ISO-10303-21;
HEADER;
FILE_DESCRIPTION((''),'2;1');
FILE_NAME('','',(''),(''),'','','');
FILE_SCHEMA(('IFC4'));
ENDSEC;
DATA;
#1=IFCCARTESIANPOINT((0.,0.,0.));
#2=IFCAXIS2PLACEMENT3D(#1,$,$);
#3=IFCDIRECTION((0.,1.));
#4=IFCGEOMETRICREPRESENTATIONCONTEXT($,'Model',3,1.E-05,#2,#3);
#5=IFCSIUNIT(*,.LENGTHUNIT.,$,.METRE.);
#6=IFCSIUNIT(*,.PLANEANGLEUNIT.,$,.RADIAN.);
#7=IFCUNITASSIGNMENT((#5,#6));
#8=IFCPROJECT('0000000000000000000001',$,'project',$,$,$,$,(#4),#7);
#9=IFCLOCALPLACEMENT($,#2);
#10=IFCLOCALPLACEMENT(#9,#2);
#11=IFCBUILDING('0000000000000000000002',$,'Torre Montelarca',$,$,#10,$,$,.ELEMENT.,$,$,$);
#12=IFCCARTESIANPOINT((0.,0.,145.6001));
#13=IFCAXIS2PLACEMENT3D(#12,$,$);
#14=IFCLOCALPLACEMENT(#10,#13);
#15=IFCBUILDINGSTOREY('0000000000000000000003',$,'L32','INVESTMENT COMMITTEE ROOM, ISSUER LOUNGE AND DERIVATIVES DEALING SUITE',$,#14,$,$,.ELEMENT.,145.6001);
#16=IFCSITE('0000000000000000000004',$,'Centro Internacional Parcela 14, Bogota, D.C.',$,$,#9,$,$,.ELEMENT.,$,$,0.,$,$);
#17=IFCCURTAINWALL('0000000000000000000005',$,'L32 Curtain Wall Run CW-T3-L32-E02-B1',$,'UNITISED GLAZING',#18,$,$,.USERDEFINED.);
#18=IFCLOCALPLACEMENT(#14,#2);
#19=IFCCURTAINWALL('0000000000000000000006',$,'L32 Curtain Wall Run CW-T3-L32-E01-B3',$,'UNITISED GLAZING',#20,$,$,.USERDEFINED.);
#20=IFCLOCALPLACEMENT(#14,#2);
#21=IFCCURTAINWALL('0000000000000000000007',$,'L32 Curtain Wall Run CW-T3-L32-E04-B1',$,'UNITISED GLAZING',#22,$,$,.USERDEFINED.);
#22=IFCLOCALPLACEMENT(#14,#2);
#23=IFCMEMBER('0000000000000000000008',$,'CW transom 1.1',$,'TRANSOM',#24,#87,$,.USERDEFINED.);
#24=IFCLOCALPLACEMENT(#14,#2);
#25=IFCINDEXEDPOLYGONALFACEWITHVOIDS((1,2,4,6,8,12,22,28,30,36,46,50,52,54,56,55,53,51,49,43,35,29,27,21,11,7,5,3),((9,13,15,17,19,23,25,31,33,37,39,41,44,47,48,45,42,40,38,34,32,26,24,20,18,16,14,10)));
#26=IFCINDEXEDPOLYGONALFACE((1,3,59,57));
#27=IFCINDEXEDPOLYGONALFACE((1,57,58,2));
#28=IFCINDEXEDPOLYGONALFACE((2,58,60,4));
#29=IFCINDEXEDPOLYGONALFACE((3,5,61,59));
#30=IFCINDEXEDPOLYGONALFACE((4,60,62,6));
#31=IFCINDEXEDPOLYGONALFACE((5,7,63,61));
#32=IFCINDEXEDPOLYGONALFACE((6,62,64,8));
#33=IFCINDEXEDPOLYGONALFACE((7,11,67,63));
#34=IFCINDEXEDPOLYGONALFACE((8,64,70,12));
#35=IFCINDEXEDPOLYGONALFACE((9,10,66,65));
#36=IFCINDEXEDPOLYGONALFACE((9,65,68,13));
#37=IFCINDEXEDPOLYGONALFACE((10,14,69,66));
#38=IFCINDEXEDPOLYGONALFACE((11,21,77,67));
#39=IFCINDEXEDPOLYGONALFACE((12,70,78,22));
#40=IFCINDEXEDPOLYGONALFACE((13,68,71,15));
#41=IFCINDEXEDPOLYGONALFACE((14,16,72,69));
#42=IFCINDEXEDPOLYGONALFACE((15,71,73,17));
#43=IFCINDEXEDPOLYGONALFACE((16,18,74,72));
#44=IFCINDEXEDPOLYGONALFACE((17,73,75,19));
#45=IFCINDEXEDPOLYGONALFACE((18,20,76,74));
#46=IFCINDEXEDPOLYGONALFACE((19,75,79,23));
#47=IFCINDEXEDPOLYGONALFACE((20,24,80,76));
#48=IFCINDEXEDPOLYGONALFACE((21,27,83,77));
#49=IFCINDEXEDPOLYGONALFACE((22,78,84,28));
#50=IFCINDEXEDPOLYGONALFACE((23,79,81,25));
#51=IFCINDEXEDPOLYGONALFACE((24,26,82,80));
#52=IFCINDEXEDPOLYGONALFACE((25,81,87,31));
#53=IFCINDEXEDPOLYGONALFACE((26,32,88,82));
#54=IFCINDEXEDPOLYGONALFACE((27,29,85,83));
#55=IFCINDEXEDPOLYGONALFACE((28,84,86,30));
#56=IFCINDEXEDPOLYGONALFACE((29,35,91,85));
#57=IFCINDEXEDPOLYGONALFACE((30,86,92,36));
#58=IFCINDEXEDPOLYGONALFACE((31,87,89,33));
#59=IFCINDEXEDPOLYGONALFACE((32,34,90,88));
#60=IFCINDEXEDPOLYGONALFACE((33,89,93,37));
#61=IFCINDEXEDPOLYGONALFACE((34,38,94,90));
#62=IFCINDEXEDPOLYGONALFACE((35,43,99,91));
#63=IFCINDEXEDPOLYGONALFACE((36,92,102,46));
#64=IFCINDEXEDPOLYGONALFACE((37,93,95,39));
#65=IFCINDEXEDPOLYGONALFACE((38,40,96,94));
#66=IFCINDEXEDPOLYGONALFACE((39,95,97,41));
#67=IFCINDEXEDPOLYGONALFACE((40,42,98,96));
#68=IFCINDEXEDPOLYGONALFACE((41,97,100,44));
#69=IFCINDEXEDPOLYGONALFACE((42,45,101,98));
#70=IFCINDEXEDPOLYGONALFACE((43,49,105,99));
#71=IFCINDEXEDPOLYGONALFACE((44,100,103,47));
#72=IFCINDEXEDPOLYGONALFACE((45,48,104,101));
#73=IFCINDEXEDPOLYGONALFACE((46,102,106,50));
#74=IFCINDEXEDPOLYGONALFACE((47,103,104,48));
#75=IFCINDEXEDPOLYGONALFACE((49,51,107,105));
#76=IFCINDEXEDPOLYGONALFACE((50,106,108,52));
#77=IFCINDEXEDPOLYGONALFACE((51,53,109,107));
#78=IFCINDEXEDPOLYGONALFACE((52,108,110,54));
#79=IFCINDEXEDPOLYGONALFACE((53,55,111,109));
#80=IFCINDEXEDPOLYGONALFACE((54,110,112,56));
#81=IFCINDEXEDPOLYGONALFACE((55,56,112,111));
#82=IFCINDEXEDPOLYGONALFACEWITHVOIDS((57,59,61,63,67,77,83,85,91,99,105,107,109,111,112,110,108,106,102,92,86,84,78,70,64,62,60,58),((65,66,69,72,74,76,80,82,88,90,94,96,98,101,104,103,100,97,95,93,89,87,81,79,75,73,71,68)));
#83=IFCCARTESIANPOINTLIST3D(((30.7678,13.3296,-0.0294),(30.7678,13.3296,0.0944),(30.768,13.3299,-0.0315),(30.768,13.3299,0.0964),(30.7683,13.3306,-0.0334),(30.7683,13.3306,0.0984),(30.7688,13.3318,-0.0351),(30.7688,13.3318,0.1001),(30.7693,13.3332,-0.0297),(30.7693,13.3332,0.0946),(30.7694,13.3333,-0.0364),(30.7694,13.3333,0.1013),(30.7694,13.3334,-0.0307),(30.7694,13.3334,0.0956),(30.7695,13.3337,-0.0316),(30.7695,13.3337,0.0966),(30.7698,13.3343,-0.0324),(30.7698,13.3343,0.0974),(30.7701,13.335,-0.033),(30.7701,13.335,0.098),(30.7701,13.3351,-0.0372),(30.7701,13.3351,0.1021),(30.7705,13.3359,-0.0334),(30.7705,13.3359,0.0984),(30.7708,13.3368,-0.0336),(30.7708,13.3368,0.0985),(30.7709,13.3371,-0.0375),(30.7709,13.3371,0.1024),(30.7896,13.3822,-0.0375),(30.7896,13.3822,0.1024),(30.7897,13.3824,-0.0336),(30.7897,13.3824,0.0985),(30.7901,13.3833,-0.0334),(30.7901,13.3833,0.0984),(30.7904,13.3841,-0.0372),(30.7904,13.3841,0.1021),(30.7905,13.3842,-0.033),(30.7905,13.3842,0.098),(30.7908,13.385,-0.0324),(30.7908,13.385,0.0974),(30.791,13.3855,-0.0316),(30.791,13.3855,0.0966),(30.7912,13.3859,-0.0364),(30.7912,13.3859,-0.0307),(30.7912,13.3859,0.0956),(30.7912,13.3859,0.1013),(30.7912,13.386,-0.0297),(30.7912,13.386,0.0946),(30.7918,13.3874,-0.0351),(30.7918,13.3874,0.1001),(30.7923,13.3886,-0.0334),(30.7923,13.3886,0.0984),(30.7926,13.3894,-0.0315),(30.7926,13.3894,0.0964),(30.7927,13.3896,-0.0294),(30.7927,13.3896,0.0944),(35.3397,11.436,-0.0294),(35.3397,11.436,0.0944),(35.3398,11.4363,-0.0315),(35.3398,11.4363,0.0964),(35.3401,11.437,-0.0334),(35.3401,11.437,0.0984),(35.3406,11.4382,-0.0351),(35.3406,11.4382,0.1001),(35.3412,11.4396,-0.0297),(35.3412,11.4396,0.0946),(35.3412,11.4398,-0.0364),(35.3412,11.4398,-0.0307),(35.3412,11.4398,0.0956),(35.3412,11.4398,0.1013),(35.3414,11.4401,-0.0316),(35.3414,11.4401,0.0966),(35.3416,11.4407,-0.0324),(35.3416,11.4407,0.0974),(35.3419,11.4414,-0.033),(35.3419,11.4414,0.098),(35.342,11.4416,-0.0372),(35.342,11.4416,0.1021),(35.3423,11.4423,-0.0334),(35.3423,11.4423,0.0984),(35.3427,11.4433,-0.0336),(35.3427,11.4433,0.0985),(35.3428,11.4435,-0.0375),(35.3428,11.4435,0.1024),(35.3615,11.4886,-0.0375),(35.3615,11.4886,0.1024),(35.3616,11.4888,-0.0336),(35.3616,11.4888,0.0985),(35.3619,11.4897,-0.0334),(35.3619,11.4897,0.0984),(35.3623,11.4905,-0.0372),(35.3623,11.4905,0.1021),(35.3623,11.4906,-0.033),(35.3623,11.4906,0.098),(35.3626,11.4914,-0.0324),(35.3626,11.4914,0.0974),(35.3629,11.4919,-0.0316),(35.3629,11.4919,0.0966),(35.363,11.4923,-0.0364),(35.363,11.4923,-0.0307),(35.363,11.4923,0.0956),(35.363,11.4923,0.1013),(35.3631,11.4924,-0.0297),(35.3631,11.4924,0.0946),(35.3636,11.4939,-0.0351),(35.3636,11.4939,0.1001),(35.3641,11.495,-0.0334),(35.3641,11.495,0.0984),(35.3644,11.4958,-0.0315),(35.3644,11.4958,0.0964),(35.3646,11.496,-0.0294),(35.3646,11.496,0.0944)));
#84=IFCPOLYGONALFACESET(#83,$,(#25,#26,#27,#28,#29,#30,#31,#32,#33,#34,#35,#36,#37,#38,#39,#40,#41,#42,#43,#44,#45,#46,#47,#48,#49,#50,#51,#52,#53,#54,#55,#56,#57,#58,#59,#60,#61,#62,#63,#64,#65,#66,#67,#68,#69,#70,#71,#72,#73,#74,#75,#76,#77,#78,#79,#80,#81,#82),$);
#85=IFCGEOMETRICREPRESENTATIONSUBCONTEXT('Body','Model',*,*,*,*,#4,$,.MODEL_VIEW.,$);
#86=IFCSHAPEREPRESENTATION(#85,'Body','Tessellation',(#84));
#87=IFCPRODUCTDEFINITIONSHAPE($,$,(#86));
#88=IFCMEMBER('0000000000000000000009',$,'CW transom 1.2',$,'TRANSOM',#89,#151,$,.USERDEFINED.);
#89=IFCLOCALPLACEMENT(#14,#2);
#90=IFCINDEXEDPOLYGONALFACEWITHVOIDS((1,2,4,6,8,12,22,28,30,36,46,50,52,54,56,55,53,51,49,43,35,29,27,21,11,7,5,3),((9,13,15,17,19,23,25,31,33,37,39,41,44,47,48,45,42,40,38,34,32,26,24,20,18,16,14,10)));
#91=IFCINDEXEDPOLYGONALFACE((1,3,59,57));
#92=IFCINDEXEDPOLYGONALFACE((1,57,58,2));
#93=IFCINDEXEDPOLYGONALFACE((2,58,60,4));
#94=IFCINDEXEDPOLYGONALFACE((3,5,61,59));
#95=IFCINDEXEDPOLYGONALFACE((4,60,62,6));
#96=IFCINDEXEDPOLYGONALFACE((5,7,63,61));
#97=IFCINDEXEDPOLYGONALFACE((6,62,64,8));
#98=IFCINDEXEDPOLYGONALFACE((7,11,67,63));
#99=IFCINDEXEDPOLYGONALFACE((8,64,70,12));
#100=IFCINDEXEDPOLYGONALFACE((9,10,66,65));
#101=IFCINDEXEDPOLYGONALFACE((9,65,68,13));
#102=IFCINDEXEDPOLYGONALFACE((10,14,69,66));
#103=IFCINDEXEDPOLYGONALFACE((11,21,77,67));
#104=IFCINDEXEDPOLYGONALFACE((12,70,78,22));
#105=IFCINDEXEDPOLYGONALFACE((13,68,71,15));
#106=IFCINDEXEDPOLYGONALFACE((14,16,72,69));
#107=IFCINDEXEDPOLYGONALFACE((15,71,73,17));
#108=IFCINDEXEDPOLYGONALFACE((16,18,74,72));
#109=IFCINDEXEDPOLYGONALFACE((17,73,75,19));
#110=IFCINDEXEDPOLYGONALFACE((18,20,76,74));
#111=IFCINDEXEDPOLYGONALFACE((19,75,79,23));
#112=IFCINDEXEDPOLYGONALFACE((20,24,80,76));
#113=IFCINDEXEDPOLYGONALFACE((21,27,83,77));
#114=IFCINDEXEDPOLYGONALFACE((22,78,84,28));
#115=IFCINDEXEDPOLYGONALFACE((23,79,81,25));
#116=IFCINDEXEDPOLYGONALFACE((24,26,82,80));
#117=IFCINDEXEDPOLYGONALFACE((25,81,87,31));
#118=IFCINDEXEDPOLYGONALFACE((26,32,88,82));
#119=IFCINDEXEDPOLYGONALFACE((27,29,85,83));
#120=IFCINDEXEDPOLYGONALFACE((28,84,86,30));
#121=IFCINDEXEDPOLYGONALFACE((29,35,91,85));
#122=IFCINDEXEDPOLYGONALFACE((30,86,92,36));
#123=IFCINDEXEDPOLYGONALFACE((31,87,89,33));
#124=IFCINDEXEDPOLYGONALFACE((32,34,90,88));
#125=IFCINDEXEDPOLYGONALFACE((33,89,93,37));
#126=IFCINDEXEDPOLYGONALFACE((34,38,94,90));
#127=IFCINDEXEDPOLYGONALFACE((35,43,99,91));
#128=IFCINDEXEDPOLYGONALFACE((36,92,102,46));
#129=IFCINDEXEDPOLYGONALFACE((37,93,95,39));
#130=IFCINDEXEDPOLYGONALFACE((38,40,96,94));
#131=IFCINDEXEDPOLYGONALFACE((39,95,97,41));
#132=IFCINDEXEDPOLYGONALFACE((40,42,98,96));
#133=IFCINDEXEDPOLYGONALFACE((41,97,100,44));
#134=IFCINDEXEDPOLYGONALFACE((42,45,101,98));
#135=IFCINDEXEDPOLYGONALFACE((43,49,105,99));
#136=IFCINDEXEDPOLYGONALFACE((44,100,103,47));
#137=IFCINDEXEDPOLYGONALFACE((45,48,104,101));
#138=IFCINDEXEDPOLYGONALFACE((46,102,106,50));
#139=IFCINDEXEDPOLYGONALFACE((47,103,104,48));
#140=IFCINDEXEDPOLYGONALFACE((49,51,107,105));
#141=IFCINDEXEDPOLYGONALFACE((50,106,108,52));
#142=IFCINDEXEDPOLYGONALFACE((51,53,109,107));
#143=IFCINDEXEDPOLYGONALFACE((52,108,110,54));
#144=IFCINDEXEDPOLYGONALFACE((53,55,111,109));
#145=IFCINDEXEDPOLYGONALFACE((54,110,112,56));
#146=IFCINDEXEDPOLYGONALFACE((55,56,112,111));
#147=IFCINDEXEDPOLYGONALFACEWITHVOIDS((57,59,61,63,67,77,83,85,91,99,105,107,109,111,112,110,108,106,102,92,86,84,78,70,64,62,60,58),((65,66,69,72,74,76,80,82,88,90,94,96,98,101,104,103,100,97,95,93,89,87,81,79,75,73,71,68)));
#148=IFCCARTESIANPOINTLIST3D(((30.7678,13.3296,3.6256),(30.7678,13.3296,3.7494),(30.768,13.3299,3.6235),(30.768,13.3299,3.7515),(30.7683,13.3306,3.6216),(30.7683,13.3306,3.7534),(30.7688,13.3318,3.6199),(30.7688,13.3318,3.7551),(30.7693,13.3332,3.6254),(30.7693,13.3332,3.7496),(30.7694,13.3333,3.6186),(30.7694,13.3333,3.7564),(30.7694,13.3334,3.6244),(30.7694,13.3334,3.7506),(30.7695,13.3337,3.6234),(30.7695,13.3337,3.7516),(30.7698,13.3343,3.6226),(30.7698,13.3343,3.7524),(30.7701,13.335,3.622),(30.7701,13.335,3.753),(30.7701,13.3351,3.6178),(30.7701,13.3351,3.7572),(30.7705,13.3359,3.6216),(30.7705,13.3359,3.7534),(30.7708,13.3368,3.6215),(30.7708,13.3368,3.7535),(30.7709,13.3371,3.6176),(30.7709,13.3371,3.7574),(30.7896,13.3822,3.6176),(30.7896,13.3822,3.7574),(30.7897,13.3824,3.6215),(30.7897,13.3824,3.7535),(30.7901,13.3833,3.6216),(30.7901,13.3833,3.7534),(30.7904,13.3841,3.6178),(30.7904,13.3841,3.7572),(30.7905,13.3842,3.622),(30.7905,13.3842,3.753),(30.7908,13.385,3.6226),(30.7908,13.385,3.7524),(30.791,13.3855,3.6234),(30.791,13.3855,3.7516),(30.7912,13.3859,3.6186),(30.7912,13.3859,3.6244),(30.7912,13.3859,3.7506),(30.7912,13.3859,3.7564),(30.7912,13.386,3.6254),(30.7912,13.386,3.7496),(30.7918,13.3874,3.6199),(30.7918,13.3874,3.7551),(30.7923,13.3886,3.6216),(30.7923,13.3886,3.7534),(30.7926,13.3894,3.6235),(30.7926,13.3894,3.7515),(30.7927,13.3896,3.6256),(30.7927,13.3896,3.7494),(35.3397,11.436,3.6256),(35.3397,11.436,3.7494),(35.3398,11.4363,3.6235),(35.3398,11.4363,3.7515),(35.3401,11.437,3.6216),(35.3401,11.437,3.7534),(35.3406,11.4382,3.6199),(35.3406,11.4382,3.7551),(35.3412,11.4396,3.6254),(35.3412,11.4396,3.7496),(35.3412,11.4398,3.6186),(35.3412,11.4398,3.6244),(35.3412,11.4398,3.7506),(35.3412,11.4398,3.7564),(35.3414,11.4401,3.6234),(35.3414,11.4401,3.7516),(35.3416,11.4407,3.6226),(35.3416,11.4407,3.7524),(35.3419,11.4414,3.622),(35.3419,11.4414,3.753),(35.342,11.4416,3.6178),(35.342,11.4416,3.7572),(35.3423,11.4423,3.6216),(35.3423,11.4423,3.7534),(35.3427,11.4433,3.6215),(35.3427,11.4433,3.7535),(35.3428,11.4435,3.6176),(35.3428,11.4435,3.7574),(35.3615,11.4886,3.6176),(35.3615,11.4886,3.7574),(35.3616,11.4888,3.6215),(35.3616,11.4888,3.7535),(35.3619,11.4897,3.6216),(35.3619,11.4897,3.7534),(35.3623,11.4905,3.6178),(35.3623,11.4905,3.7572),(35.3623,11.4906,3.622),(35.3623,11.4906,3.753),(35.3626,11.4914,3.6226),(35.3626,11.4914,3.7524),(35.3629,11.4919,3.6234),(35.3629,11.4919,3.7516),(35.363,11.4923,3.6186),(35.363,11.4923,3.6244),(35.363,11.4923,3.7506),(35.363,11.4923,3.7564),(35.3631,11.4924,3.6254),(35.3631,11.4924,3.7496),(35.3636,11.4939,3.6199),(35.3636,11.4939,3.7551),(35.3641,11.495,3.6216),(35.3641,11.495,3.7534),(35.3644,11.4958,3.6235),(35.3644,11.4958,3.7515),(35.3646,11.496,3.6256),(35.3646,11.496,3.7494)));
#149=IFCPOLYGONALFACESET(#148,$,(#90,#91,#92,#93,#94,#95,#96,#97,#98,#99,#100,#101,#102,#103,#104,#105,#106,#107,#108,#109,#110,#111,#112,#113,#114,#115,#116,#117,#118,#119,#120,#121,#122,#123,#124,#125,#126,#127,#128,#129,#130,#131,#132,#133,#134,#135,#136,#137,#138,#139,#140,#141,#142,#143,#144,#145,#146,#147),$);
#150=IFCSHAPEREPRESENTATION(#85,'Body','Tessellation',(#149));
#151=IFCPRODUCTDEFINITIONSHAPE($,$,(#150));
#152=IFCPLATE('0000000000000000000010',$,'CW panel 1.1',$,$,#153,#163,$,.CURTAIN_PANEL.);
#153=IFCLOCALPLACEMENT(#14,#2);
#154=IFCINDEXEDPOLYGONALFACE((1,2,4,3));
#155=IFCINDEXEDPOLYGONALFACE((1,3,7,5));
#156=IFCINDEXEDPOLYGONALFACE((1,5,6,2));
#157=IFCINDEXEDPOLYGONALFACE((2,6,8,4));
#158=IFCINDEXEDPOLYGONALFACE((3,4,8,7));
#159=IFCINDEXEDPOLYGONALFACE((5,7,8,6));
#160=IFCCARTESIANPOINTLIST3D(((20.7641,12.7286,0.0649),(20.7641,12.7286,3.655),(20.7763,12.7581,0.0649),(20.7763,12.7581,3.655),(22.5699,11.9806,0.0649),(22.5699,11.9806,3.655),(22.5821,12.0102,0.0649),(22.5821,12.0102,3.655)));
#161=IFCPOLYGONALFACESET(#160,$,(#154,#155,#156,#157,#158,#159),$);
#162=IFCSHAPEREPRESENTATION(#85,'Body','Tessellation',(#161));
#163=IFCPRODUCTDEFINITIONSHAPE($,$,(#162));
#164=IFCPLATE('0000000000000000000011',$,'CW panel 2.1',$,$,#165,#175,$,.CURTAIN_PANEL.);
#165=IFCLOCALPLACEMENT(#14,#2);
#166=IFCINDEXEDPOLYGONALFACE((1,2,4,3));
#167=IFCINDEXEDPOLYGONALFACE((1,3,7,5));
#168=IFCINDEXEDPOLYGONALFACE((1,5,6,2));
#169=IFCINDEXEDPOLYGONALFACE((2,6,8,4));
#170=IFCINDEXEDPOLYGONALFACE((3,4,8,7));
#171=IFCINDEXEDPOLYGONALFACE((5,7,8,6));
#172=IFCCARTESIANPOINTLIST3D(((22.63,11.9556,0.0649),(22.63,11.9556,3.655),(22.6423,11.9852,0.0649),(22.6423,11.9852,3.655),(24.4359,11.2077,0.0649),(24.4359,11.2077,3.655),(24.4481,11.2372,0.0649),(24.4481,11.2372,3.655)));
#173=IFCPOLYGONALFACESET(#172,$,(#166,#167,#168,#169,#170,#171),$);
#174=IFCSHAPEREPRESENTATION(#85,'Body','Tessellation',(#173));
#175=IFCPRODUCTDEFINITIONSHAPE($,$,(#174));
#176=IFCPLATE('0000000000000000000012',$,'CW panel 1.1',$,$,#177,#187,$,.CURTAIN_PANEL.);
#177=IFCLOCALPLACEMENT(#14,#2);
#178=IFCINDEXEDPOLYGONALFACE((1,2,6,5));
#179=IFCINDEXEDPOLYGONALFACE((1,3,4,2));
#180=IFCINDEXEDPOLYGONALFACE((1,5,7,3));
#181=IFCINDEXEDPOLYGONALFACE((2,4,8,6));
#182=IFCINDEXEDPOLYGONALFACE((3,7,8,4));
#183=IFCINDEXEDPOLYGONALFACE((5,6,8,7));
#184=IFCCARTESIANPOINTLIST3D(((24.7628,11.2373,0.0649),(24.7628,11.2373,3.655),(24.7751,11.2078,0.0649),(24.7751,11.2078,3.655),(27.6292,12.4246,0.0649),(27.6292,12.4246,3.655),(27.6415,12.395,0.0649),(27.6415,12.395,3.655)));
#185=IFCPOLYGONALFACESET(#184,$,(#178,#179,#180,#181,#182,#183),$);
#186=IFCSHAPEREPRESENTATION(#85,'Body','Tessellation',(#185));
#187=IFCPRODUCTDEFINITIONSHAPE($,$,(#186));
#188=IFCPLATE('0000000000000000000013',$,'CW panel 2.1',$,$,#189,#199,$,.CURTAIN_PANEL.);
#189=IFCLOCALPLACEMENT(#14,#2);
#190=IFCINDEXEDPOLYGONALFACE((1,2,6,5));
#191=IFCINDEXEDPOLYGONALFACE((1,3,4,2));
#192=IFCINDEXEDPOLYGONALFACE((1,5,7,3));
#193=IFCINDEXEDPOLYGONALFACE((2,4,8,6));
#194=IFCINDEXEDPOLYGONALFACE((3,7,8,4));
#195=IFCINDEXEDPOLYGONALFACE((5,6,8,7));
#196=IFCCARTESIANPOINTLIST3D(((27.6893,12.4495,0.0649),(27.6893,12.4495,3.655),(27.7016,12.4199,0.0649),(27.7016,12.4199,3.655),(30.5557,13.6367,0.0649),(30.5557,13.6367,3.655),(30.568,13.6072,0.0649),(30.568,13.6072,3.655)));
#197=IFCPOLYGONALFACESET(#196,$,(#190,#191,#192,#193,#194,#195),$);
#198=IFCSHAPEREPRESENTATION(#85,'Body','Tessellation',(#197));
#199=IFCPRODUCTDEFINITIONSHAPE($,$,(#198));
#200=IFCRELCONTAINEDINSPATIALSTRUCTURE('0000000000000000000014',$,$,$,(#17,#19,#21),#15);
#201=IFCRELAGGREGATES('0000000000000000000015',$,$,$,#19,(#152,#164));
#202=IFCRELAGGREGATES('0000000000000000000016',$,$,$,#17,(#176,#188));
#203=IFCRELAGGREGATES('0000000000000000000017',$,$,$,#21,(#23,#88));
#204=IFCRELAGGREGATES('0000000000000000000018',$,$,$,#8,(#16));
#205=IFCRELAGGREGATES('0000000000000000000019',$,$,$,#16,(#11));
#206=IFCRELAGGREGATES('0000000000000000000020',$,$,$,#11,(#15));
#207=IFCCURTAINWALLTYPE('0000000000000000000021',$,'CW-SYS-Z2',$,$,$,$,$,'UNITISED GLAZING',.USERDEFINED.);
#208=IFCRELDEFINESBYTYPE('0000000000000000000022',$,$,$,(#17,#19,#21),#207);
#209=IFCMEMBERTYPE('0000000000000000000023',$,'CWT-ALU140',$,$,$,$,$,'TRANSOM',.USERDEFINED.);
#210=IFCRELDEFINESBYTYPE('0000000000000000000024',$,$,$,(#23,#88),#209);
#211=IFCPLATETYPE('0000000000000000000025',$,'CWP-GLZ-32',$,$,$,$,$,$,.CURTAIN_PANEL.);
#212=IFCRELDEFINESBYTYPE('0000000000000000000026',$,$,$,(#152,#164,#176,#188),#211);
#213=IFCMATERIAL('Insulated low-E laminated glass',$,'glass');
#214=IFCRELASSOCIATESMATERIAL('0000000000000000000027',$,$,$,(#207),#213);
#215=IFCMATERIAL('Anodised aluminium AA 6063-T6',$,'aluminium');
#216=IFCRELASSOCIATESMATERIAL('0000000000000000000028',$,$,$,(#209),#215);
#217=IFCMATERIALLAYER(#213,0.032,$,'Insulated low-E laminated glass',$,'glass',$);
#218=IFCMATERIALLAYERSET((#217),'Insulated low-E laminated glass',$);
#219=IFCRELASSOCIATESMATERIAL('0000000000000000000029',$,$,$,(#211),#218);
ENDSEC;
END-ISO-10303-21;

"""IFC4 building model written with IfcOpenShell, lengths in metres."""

from ifc_helpers import new_model, si_unit, direction, frame, origin, origin_2d, place, context, subcontext, project, spatial, rectangle, hollow_rectangle, extrude, source, transform, mapped, material, layer, layer_set, material_profile, profile_set, type_object, element, aggregate, save


model = new_model("IFC4")

# Units and contexts
model_context = context("Model", 3, precision=1e-05, world=origin(), true_north=direction((0.0, 1.0)))
body_context = subcontext(model_context, "Body", "Model", "MODEL_VIEW")
ifc_project = project(units=[si_unit("LENGTHUNIT", "METRE"), si_unit("PLANEANGLEUNIT", "RADIAN")], contexts=[model_context])

# Site, building, storey
site_placement = place(None, origin())
site = spatial("IfcSite", under=ifc_project, at=site_placement, Name="Centro Internacional Parcela 14, Bogota, D.C.", CompositionType="ELEMENT", RefElevation=0.0)
building_placement = place(site_placement, origin())
building = spatial("IfcBuilding", under=site, at=building_placement, Name="Torre Montelarca", CompositionType="ELEMENT")
storey_placement = place(building_placement, frame((0.0, 0.0, 145.6001)))
storey = spatial("IfcBuildingStorey", under=building, at=storey_placement, Name="L32", Description="INVESTMENT COMMITTEE ROOM, ISSUER LOUNGE AND DERIVATIVES DEALING SUITE", CompositionType="ELEMENT", Elevation=145.6001)

# Curtain walls
ifc_material_1 = material(Name="Insulated low-E laminated glass", Category="glass")
curtain_wall_type = type_object("IfcCurtainWallType", Name="CW-SYS-Z2", ElementType="UNITISED GLAZING", PredefinedType="USERDEFINED", material=ifc_material_1)
curtain_wall_1_placement = place(storey_placement, origin())
curtain_wall_1 = element("IfcCurtainWall", 1, at=curtain_wall_1_placement, inside=storey, type_object=curtain_wall_type, Name="L32 Curtain Wall Run CW-T3-L32-E02-B1", ObjectType="UNITISED GLAZING", PredefinedType="USERDEFINED")
ifc_material_2 = material(Name="Anodised aluminium AA 6063-T6", Category="aluminium")
ifc_material_profile_1 = material_profile(ifc_material_2, hollow_rectangle(XDim=0.0649, YDim=0.1399, WallThickness=0.0039, InnerFilletRadius=0.0039, OuterFilletRadius=0.0081, at=origin_2d()), Name="ALU65X140X4", Category="aluminium")
ifc_profile_set_1 = profile_set([ifc_material_profile_1], Name="Anodised aluminium AA 6063-T6")
member_type_1 = type_object("IfcMemberType", Name="CWT-ALU140", ElementType="TRANSOM", PredefinedType="USERDEFINED", material=ifc_profile_set_1)
curtain_wall_2_placement = place(storey_placement, origin())
curtain_wall_2 = element("IfcCurtainWall", 2, at=curtain_wall_2_placement, inside=storey, type_object=curtain_wall_type, Name="L32 Curtain Wall Run CW-T3-L32-E01-B3", ObjectType="UNITISED GLAZING", PredefinedType="USERDEFINED")

# Curtain wall
curtain_wall_3_placement = place(storey_placement, origin())
curtain_wall_3 = element("IfcCurtainWall", 3, at=curtain_wall_3_placement, inside=storey, type_object=curtain_wall_type, Name="L32 Curtain Wall Run CW-T3-L32-E04-B1", ObjectType="UNITISED GLAZING", PredefinedType="USERDEFINED")

# Members
shared_shape_1 = source(origin(), body_context, "Body", "SweptSolid", [
    extrude(hollow_rectangle(XDim=0.0649, YDim=0.1399, WallThickness=0.0039, InnerFilletRadius=0.0039, OuterFilletRadius=0.0081, at=origin_2d()), origin(), (0.0, 0.0, 1.0), 4.9485),
])
member_1_placement = place(storey_placement, frame((30.7803, 13.3596, 0.0325), z_axis=(0.923889, -0.38266, 0.0), x_axis=(0.38266, 0.923889, 0.0)))
member_1 = element("IfcMember", 4, at=member_1_placement, type_object=member_type_1, Name="CW transom 1.1", ObjectType="TRANSOM", PredefinedType="USERDEFINED", context=body_context, shape_type="MappedRepresentation", body=[
    mapped(shared_shape_1, transform((0.0, 0.0, 0.0), scale=1.0)),
])
member_2_placement = place(storey_placement, frame((30.7803, 13.3596, 3.6875), z_axis=(0.923889, -0.38266, 0.0), x_axis=(0.38266, 0.923889, 0.0)))
member_2 = element("IfcMember", 5, at=member_2_placement, type_object=member_type_1, Name="CW transom 1.2", ObjectType="TRANSOM", PredefinedType="USERDEFINED", context=body_context, shape_type="MappedRepresentation", body=[
    mapped(shared_shape_1, transform((0.0, 0.0, 0.0), scale=1.0)),
])

# Plates
ifc_layer_1 = layer(ifc_material_1, 0.032, Name="Insulated low-E laminated glass", Category="glass")
ifc_layer_set_1 = layer_set([ifc_layer_1], Name="Insulated low-E laminated glass")
plate_type = type_object("IfcPlateType", Name="CWP-GLZ-32", PredefinedType="CURTAIN_PANEL", material=ifc_layer_set_1)
shared_shape_2 = source(origin(), body_context, "Body", "SweptSolid", [
    extrude(rectangle(XDim=1.9546, YDim=0.032, at=origin_2d()), origin(), (0.0, 0.0, 1.0), 3.5901),
])
plate_1_placement = place(storey_placement, frame((21.6731, 12.3694, 0.0649), z_axis=(0.0, 0.0, 1.0), x_axis=(0.923886, -0.382668, 0.0)))
plate_1 = element("IfcPlate", 6, at=plate_1_placement, type_object=plate_type, Name="CW panel 1.1", PredefinedType="CURTAIN_PANEL", context=body_context, shape_type="MappedRepresentation", body=[
    mapped(shared_shape_2, transform((0.0, 0.0, 0.0), scale=1.0)),
])
plate_2_placement = place(storey_placement, frame((23.5391, 11.5964, 0.0649), z_axis=(0.0, 0.0, 1.0), x_axis=(0.923886, -0.382668, 0.0)))
plate_2 = element("IfcPlate", 7, at=plate_2_placement, type_object=plate_type, Name="CW panel 2.1", PredefinedType="CURTAIN_PANEL", context=body_context, shape_type="MappedRepresentation", body=[
    mapped(shared_shape_2, transform((0.0, 0.0, 0.0), scale=1.0)),
])
aggregate(curtain_wall_2, [plate_1, plate_2])
shared_shape_3 = source(origin(), body_context, "Body", "SweptSolid", [
    extrude(rectangle(XDim=3.1025, YDim=0.032, at=origin_2d()), origin(), (0.0, 0.0, 1.0), 3.5901),
])
plate_3_placement = place(storey_placement, frame((26.2021, 11.8162, 0.0649), z_axis=(0.0, 0.0, 1.0), x_axis=(0.923885, 0.38267, 0.0)))
plate_3 = element("IfcPlate", 8, at=plate_3_placement, type_object=plate_type, Name="CW panel 1.1", PredefinedType="CURTAIN_PANEL", context=body_context, shape_type="MappedRepresentation", body=[
    mapped(shared_shape_3, transform((0.0, 0.0, 0.0), scale=1.0)),
])
plate_4_placement = place(storey_placement, frame((29.1287, 13.0283, 0.0649), z_axis=(0.0, 0.0, 1.0), x_axis=(0.923885, 0.38267, 0.0)))
plate_4 = element("IfcPlate", 9, at=plate_4_placement, type_object=plate_type, Name="CW panel 2.1", PredefinedType="CURTAIN_PANEL", context=body_context, shape_type="MappedRepresentation", body=[
    mapped(shared_shape_3, transform((0.0, 0.0, 0.0), scale=1.0)),
])
aggregate(curtain_wall_1, [plate_3, plate_4])
aggregate(curtain_wall_3, [member_1, member_2])

save(model, "model.ifc")
